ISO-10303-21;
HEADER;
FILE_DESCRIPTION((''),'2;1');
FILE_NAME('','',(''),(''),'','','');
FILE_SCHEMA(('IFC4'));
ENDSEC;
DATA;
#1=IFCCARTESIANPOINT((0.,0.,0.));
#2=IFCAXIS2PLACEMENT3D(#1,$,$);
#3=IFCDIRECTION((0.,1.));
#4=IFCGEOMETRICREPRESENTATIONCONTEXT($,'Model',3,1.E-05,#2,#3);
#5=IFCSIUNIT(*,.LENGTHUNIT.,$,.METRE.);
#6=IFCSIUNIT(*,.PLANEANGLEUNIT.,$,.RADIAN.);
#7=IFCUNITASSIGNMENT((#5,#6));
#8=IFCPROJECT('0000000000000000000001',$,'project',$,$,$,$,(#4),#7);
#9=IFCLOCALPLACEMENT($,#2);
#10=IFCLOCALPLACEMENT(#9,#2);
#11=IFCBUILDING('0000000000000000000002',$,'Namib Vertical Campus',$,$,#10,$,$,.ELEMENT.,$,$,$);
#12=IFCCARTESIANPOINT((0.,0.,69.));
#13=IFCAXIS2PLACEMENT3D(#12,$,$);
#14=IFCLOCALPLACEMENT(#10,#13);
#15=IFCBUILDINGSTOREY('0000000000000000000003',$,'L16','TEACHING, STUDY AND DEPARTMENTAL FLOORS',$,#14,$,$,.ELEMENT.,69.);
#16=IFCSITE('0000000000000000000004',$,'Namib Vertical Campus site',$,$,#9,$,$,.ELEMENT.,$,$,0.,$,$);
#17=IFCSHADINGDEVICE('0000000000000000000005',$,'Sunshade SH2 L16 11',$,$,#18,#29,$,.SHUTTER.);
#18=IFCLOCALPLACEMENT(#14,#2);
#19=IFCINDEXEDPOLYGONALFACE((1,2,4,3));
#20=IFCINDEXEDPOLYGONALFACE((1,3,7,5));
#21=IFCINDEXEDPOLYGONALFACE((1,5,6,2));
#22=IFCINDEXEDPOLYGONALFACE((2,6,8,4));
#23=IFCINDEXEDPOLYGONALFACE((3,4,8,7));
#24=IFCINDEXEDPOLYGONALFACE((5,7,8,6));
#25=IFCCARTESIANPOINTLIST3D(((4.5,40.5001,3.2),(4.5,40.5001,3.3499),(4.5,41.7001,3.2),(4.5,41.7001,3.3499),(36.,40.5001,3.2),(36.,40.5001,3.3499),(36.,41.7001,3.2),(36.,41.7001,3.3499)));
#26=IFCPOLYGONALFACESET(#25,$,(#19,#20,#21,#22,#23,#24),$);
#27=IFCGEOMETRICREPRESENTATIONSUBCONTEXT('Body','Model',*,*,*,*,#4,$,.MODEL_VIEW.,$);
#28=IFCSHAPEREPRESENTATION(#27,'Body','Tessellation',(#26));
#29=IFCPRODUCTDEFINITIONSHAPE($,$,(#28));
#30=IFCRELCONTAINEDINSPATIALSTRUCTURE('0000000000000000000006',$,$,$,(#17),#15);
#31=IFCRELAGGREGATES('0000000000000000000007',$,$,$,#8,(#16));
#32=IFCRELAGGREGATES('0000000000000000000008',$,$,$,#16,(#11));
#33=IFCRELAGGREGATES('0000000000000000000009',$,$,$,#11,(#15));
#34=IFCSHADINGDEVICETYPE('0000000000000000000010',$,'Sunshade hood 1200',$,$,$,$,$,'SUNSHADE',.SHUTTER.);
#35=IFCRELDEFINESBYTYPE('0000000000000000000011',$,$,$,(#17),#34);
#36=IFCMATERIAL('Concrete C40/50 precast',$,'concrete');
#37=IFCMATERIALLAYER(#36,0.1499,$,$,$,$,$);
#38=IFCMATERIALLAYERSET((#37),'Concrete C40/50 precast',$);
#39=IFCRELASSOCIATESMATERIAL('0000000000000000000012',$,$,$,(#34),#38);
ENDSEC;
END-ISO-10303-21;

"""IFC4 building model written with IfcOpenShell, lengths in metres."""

from ifc_helpers import new_model, si_unit, direction, frame, origin, origin_2d, place, context, subcontext, project, spatial, rectangle, extrude, material, layer, layer_set, type_object, element, save


model = new_model("IFC4")

# Units and contexts
model_context = context("Model", 3, precision=1e-05, world=origin(), true_north=direction((0.0, 1.0)))
body_context = subcontext(model_context, "Body", "Model", "MODEL_VIEW")
ifc_project = project(units=[si_unit("LENGTHUNIT", "METRE"), si_unit("PLANEANGLEUNIT", "RADIAN")], contexts=[model_context])

# Site, building, storey
site_placement = place(None, origin())
site = spatial("IfcSite", under=ifc_project, at=site_placement, Name="Namib Vertical Campus site", CompositionType="ELEMENT", RefElevation=0.0)
building_placement = place(site_placement, origin())
building = spatial("IfcBuilding", under=site, at=building_placement, Name="Namib Vertical Campus", CompositionType="ELEMENT")
storey_placement = place(building_placement, frame((0.0, 0.0, 69.0)))
storey = spatial("IfcBuildingStorey", under=building, at=storey_placement, Name="L16", Description="TEACHING, STUDY AND DEPARTMENTAL FLOORS", CompositionType="ELEMENT", Elevation=69.0)

# Shading device
ifc_material_1 = material(Name="Concrete C40/50 precast", Category="concrete")
ifc_layer_1 = layer(ifc_material_1, 0.1499)
ifc_layer_set_1 = layer_set([ifc_layer_1], Name="Concrete C40/50 precast")
shading_device_type = type_object("IfcShadingDeviceType", Name="Sunshade hood 1200", ElementType="SUNSHADE", PredefinedType="SHUTTER", material=ifc_layer_set_1)
shading_device_placement = place(storey_placement, frame((20.25, 41.1001, 3.2), z_axis=(0.0, 0.0, 1.0), x_axis=(-1.0, 0.0, 0.0)))
element("IfcShadingDevice", 1, at=shading_device_placement, inside=storey, type_object=shading_device_type, Name="Sunshade SH2 L16 11", PredefinedType="SHUTTER", context=body_context, shape_type="SweptSolid", body=[
    extrude(rectangle(XDim=31.5, YDim=1.2, at=origin_2d()), origin(), (0.0, 0.0, 1.0), 0.1499),
])

save(model, "model.ifc")
